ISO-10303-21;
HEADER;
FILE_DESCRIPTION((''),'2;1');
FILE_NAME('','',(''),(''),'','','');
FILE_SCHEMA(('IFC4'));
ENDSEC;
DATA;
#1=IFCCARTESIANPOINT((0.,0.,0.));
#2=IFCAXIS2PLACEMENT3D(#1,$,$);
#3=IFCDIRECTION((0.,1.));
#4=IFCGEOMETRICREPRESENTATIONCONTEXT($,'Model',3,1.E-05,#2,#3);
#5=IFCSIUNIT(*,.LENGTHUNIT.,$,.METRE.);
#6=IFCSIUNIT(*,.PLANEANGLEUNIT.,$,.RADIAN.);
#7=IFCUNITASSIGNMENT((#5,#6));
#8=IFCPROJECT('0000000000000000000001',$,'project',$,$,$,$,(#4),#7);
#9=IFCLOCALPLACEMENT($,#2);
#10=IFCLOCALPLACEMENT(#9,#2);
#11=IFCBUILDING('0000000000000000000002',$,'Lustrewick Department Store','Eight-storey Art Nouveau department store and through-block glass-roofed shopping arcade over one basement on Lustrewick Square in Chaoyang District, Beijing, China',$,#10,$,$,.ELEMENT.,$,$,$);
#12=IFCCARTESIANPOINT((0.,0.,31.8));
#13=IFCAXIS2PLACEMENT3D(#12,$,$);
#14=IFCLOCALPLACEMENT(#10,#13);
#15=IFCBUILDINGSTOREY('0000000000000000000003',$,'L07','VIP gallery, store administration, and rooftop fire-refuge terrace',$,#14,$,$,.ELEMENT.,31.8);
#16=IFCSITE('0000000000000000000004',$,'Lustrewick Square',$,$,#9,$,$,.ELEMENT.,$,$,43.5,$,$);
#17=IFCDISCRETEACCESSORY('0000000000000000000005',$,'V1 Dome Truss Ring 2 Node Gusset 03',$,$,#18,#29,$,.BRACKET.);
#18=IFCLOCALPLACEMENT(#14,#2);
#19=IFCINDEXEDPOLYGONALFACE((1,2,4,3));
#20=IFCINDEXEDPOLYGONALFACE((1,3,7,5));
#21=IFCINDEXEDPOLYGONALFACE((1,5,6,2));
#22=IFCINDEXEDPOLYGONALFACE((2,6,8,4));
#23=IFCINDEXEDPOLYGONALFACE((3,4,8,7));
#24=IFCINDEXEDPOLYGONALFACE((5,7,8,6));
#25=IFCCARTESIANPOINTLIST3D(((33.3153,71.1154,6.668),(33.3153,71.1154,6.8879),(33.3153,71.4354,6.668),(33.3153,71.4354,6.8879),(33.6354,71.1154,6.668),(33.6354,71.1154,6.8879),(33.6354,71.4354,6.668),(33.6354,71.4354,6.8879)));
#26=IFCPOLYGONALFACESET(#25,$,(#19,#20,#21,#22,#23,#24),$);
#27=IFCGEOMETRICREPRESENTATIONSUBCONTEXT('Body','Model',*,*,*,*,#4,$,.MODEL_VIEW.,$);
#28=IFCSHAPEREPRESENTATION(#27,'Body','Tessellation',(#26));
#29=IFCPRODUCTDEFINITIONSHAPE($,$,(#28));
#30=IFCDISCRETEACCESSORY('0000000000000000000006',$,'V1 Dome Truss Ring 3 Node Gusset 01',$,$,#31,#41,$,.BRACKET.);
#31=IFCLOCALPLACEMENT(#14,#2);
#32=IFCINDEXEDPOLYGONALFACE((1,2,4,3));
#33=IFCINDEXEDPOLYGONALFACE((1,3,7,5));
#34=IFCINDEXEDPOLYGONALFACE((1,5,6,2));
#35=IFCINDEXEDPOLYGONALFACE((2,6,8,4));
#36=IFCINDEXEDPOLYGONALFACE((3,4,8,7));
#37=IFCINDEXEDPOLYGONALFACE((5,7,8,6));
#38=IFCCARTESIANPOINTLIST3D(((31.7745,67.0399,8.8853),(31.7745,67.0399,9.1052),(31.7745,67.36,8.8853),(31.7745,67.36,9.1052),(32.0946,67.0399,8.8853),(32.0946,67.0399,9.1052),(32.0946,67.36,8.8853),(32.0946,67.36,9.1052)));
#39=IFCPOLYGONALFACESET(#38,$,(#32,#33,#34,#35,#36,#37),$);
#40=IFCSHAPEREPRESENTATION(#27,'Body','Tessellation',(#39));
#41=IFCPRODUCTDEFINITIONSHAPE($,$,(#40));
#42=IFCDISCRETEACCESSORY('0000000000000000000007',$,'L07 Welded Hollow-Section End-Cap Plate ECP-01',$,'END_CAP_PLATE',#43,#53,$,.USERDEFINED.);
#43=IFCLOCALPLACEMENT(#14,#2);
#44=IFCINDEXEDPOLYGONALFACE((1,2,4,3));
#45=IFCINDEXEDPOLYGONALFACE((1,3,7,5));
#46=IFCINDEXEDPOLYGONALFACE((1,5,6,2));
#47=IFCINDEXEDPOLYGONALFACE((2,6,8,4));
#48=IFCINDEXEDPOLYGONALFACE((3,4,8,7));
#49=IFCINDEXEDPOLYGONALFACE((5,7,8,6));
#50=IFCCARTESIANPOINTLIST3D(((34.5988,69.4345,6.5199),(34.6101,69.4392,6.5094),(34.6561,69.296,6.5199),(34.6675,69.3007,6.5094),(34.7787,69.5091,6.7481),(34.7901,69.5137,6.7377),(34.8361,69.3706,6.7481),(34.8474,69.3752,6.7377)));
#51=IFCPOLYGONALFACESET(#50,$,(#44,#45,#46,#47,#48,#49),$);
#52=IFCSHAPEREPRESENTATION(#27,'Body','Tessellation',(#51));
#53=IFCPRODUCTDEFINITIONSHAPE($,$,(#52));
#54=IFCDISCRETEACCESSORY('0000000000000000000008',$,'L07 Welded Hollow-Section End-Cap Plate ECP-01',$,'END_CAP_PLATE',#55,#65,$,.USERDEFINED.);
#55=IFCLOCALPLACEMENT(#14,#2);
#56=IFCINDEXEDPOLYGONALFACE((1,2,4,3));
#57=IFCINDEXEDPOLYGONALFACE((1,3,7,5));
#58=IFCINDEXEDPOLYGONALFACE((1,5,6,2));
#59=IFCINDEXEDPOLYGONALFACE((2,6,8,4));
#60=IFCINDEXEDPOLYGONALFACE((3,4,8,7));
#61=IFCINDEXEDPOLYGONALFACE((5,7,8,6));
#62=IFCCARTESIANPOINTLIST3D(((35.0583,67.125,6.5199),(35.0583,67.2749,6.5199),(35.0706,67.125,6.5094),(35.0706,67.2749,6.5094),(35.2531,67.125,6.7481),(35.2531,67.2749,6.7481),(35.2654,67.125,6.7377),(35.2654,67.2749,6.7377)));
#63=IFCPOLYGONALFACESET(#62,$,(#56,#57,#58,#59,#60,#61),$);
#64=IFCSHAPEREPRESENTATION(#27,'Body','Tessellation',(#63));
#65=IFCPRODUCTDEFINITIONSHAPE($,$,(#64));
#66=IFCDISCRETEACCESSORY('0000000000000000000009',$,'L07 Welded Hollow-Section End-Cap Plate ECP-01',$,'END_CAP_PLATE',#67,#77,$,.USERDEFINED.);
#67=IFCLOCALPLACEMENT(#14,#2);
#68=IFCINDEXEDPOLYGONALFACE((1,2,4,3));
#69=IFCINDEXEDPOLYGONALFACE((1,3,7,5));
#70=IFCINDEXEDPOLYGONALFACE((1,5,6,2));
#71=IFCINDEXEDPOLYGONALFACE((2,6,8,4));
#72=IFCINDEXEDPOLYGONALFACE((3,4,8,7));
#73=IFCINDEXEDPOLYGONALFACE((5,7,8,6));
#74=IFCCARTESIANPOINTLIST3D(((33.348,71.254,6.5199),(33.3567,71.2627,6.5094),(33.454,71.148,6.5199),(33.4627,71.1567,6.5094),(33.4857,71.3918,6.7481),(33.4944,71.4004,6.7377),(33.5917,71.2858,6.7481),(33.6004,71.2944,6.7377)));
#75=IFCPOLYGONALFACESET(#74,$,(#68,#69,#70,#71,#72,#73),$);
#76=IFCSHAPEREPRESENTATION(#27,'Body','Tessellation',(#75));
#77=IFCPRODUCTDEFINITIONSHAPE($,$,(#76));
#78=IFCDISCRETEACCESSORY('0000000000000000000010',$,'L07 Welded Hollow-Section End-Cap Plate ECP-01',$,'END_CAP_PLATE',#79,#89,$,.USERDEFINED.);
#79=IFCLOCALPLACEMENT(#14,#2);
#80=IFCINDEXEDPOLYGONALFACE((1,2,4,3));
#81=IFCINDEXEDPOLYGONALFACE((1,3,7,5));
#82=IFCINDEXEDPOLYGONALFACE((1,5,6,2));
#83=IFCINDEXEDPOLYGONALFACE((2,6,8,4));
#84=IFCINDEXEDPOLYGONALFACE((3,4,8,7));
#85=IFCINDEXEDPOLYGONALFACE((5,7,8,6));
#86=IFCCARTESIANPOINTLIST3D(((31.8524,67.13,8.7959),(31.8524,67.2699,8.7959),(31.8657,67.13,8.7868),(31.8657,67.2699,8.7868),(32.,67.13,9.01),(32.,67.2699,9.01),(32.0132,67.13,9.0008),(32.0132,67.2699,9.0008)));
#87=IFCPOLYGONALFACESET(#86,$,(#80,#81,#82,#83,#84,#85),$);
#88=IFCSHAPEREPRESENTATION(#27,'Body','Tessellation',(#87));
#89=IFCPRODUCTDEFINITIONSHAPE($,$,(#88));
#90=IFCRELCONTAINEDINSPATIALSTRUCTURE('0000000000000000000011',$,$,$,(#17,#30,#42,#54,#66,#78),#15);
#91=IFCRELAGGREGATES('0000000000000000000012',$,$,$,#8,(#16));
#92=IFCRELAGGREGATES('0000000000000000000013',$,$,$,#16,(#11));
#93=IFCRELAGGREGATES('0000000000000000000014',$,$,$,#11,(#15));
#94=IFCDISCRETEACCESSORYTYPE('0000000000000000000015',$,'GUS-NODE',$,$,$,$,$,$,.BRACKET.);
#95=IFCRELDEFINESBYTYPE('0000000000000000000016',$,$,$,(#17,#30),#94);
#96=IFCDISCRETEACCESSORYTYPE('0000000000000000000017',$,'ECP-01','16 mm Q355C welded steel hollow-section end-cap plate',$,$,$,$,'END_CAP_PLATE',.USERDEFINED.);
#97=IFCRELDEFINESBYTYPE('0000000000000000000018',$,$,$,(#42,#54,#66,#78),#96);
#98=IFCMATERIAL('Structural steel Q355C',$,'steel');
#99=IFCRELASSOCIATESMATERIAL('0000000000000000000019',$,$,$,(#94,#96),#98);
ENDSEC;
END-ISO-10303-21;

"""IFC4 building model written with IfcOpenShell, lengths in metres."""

from ifc_helpers import new_model, si_unit, direction, frame, origin, origin_2d, place, context, subcontext, project, spatial, rectangle, extrude, material, type_object, element, save


model = new_model("IFC4")

# Units and contexts
model_context = context("Model", 3, precision=1e-05, world=origin(), true_north=direction((0.0, 1.0)))
body_context = subcontext(model_context, "Body", "Model", "MODEL_VIEW")
ifc_project = project(units=[si_unit("LENGTHUNIT", "METRE"), si_unit("PLANEANGLEUNIT", "RADIAN")], contexts=[model_context])

# Site, building, storey
site_placement = place(None, origin())
site = spatial("IfcSite", under=ifc_project, at=site_placement, Name="Lustrewick Square", CompositionType="ELEMENT", RefElevation=43.5)
building_placement = place(site_placement, origin())
building = spatial("IfcBuilding", under=site, at=building_placement, Name="Lustrewick Department Store", Description="Eight-storey Art Nouveau department store and through-block glass-roofed shopping arcade over one basement on Lustrewick Square in Chaoyang District, Beijing, China", CompositionType="ELEMENT")
storey_placement = place(building_placement, frame((0.0, 0.0, 31.8)))
storey = spatial("IfcBuildingStorey", under=building, at=storey_placement, Name="L07", Description="VIP gallery, store administration, and rooftop fire-refuge terrace", CompositionType="ELEMENT", Elevation=31.8)

# Shared definitions
ifc_material_1 = material(Name="Structural steel Q355C", Category="steel")

# Discrete accessories
discrete_accessory_type_1 = type_object("IfcDiscreteAccessoryType", Name="GUS-NODE", PredefinedType="BRACKET", material=ifc_material_1)
for number, where, z_axis, x_axis, name in (
    (1, (33.4753, 71.2754, 6.668), (0.0, 0.0, 1.0), (1.0, 0.0, 0.0), "V1 Dome Truss Ring 2 Node Gusset 03"),
    (2, (31.9346, 67.2, 8.8853), (0.0, 0.0, 1.0), (1.0, 0.0, 0.0), "V1 Dome Truss Ring 3 Node Gusset 01"),
):
    element("IfcDiscreteAccessory", number, at=place(storey_placement, frame(where, z_axis=z_axis, x_axis=x_axis)), inside=storey, type_object=discrete_accessory_type_1, Name=name, PredefinedType="BRACKET", context=body_context, shape_type="SweptSolid", body=[
        extrude(rectangle(XDim=0.3201, YDim=0.3201, at=origin_2d()), origin(), (0.0, 0.0, 1.0), 0.22),
    ])
discrete_accessory_type_2 = type_object("IfcDiscreteAccessoryType", Name="ECP-01", Description="16 mm Q355C welded steel hollow-section end-cap plate", ElementType="END_CAP_PLATE", PredefinedType="USERDEFINED", material=ifc_material_1)
for number, where, z_axis, x_axis, name in (
    (3, (34.7288, 69.4072, 6.6235), (-0.702769, -0.291097, 0.649137), (0.382684, -0.923879, 0.0), "L07 Welded Hollow-Section End-Cap Plate ECP-01"),
    (4, (35.168, 67.2, 6.6235), (-0.760657, 0.0, 0.649154), (0.0, -1.0, 0.0), "L07 Welded Hollow-Section End-Cap Plate ECP-01"),
    (5, (33.4785, 71.2786, 6.6235), (-0.537868, -0.537868, 0.64915), (0.707107, -0.707107, 0.0), "L07 Welded Hollow-Section End-Cap Plate ECP-01"),
):
    element("IfcDiscreteAccessory", number, at=place(storey_placement, frame(where, z_axis=z_axis, x_axis=x_axis)), inside=storey, type_object=discrete_accessory_type_2, Name=name, ObjectType="END_CAP_PLATE", PredefinedType="USERDEFINED", context=body_context, shape_type="SweptSolid", body=[
        extrude(rectangle(XDim=0.1499, YDim=0.3, at=origin_2d()), origin(), (0.0, 0.0, 1.0), 0.0161),
    ])
discrete_accessory_placement = place(storey_placement, frame((31.9395, 67.2, 8.8938), z_axis=(-0.823365, 0.0, 0.567512), x_axis=(0.0, -1.0, 0.0)))
element("IfcDiscreteAccessory", 6, at=discrete_accessory_placement, inside=storey, type_object=discrete_accessory_type_2, Name="L07 Welded Hollow-Section End-Cap Plate ECP-01", ObjectType="END_CAP_PLATE", PredefinedType="USERDEFINED", context=body_context, shape_type="SweptSolid", body=[
    extrude(rectangle(XDim=0.1399, YDim=0.26, at=origin_2d()), origin(), (0.0, 0.0, 1.0), 0.0161),
])

save(model, "model.ifc")
